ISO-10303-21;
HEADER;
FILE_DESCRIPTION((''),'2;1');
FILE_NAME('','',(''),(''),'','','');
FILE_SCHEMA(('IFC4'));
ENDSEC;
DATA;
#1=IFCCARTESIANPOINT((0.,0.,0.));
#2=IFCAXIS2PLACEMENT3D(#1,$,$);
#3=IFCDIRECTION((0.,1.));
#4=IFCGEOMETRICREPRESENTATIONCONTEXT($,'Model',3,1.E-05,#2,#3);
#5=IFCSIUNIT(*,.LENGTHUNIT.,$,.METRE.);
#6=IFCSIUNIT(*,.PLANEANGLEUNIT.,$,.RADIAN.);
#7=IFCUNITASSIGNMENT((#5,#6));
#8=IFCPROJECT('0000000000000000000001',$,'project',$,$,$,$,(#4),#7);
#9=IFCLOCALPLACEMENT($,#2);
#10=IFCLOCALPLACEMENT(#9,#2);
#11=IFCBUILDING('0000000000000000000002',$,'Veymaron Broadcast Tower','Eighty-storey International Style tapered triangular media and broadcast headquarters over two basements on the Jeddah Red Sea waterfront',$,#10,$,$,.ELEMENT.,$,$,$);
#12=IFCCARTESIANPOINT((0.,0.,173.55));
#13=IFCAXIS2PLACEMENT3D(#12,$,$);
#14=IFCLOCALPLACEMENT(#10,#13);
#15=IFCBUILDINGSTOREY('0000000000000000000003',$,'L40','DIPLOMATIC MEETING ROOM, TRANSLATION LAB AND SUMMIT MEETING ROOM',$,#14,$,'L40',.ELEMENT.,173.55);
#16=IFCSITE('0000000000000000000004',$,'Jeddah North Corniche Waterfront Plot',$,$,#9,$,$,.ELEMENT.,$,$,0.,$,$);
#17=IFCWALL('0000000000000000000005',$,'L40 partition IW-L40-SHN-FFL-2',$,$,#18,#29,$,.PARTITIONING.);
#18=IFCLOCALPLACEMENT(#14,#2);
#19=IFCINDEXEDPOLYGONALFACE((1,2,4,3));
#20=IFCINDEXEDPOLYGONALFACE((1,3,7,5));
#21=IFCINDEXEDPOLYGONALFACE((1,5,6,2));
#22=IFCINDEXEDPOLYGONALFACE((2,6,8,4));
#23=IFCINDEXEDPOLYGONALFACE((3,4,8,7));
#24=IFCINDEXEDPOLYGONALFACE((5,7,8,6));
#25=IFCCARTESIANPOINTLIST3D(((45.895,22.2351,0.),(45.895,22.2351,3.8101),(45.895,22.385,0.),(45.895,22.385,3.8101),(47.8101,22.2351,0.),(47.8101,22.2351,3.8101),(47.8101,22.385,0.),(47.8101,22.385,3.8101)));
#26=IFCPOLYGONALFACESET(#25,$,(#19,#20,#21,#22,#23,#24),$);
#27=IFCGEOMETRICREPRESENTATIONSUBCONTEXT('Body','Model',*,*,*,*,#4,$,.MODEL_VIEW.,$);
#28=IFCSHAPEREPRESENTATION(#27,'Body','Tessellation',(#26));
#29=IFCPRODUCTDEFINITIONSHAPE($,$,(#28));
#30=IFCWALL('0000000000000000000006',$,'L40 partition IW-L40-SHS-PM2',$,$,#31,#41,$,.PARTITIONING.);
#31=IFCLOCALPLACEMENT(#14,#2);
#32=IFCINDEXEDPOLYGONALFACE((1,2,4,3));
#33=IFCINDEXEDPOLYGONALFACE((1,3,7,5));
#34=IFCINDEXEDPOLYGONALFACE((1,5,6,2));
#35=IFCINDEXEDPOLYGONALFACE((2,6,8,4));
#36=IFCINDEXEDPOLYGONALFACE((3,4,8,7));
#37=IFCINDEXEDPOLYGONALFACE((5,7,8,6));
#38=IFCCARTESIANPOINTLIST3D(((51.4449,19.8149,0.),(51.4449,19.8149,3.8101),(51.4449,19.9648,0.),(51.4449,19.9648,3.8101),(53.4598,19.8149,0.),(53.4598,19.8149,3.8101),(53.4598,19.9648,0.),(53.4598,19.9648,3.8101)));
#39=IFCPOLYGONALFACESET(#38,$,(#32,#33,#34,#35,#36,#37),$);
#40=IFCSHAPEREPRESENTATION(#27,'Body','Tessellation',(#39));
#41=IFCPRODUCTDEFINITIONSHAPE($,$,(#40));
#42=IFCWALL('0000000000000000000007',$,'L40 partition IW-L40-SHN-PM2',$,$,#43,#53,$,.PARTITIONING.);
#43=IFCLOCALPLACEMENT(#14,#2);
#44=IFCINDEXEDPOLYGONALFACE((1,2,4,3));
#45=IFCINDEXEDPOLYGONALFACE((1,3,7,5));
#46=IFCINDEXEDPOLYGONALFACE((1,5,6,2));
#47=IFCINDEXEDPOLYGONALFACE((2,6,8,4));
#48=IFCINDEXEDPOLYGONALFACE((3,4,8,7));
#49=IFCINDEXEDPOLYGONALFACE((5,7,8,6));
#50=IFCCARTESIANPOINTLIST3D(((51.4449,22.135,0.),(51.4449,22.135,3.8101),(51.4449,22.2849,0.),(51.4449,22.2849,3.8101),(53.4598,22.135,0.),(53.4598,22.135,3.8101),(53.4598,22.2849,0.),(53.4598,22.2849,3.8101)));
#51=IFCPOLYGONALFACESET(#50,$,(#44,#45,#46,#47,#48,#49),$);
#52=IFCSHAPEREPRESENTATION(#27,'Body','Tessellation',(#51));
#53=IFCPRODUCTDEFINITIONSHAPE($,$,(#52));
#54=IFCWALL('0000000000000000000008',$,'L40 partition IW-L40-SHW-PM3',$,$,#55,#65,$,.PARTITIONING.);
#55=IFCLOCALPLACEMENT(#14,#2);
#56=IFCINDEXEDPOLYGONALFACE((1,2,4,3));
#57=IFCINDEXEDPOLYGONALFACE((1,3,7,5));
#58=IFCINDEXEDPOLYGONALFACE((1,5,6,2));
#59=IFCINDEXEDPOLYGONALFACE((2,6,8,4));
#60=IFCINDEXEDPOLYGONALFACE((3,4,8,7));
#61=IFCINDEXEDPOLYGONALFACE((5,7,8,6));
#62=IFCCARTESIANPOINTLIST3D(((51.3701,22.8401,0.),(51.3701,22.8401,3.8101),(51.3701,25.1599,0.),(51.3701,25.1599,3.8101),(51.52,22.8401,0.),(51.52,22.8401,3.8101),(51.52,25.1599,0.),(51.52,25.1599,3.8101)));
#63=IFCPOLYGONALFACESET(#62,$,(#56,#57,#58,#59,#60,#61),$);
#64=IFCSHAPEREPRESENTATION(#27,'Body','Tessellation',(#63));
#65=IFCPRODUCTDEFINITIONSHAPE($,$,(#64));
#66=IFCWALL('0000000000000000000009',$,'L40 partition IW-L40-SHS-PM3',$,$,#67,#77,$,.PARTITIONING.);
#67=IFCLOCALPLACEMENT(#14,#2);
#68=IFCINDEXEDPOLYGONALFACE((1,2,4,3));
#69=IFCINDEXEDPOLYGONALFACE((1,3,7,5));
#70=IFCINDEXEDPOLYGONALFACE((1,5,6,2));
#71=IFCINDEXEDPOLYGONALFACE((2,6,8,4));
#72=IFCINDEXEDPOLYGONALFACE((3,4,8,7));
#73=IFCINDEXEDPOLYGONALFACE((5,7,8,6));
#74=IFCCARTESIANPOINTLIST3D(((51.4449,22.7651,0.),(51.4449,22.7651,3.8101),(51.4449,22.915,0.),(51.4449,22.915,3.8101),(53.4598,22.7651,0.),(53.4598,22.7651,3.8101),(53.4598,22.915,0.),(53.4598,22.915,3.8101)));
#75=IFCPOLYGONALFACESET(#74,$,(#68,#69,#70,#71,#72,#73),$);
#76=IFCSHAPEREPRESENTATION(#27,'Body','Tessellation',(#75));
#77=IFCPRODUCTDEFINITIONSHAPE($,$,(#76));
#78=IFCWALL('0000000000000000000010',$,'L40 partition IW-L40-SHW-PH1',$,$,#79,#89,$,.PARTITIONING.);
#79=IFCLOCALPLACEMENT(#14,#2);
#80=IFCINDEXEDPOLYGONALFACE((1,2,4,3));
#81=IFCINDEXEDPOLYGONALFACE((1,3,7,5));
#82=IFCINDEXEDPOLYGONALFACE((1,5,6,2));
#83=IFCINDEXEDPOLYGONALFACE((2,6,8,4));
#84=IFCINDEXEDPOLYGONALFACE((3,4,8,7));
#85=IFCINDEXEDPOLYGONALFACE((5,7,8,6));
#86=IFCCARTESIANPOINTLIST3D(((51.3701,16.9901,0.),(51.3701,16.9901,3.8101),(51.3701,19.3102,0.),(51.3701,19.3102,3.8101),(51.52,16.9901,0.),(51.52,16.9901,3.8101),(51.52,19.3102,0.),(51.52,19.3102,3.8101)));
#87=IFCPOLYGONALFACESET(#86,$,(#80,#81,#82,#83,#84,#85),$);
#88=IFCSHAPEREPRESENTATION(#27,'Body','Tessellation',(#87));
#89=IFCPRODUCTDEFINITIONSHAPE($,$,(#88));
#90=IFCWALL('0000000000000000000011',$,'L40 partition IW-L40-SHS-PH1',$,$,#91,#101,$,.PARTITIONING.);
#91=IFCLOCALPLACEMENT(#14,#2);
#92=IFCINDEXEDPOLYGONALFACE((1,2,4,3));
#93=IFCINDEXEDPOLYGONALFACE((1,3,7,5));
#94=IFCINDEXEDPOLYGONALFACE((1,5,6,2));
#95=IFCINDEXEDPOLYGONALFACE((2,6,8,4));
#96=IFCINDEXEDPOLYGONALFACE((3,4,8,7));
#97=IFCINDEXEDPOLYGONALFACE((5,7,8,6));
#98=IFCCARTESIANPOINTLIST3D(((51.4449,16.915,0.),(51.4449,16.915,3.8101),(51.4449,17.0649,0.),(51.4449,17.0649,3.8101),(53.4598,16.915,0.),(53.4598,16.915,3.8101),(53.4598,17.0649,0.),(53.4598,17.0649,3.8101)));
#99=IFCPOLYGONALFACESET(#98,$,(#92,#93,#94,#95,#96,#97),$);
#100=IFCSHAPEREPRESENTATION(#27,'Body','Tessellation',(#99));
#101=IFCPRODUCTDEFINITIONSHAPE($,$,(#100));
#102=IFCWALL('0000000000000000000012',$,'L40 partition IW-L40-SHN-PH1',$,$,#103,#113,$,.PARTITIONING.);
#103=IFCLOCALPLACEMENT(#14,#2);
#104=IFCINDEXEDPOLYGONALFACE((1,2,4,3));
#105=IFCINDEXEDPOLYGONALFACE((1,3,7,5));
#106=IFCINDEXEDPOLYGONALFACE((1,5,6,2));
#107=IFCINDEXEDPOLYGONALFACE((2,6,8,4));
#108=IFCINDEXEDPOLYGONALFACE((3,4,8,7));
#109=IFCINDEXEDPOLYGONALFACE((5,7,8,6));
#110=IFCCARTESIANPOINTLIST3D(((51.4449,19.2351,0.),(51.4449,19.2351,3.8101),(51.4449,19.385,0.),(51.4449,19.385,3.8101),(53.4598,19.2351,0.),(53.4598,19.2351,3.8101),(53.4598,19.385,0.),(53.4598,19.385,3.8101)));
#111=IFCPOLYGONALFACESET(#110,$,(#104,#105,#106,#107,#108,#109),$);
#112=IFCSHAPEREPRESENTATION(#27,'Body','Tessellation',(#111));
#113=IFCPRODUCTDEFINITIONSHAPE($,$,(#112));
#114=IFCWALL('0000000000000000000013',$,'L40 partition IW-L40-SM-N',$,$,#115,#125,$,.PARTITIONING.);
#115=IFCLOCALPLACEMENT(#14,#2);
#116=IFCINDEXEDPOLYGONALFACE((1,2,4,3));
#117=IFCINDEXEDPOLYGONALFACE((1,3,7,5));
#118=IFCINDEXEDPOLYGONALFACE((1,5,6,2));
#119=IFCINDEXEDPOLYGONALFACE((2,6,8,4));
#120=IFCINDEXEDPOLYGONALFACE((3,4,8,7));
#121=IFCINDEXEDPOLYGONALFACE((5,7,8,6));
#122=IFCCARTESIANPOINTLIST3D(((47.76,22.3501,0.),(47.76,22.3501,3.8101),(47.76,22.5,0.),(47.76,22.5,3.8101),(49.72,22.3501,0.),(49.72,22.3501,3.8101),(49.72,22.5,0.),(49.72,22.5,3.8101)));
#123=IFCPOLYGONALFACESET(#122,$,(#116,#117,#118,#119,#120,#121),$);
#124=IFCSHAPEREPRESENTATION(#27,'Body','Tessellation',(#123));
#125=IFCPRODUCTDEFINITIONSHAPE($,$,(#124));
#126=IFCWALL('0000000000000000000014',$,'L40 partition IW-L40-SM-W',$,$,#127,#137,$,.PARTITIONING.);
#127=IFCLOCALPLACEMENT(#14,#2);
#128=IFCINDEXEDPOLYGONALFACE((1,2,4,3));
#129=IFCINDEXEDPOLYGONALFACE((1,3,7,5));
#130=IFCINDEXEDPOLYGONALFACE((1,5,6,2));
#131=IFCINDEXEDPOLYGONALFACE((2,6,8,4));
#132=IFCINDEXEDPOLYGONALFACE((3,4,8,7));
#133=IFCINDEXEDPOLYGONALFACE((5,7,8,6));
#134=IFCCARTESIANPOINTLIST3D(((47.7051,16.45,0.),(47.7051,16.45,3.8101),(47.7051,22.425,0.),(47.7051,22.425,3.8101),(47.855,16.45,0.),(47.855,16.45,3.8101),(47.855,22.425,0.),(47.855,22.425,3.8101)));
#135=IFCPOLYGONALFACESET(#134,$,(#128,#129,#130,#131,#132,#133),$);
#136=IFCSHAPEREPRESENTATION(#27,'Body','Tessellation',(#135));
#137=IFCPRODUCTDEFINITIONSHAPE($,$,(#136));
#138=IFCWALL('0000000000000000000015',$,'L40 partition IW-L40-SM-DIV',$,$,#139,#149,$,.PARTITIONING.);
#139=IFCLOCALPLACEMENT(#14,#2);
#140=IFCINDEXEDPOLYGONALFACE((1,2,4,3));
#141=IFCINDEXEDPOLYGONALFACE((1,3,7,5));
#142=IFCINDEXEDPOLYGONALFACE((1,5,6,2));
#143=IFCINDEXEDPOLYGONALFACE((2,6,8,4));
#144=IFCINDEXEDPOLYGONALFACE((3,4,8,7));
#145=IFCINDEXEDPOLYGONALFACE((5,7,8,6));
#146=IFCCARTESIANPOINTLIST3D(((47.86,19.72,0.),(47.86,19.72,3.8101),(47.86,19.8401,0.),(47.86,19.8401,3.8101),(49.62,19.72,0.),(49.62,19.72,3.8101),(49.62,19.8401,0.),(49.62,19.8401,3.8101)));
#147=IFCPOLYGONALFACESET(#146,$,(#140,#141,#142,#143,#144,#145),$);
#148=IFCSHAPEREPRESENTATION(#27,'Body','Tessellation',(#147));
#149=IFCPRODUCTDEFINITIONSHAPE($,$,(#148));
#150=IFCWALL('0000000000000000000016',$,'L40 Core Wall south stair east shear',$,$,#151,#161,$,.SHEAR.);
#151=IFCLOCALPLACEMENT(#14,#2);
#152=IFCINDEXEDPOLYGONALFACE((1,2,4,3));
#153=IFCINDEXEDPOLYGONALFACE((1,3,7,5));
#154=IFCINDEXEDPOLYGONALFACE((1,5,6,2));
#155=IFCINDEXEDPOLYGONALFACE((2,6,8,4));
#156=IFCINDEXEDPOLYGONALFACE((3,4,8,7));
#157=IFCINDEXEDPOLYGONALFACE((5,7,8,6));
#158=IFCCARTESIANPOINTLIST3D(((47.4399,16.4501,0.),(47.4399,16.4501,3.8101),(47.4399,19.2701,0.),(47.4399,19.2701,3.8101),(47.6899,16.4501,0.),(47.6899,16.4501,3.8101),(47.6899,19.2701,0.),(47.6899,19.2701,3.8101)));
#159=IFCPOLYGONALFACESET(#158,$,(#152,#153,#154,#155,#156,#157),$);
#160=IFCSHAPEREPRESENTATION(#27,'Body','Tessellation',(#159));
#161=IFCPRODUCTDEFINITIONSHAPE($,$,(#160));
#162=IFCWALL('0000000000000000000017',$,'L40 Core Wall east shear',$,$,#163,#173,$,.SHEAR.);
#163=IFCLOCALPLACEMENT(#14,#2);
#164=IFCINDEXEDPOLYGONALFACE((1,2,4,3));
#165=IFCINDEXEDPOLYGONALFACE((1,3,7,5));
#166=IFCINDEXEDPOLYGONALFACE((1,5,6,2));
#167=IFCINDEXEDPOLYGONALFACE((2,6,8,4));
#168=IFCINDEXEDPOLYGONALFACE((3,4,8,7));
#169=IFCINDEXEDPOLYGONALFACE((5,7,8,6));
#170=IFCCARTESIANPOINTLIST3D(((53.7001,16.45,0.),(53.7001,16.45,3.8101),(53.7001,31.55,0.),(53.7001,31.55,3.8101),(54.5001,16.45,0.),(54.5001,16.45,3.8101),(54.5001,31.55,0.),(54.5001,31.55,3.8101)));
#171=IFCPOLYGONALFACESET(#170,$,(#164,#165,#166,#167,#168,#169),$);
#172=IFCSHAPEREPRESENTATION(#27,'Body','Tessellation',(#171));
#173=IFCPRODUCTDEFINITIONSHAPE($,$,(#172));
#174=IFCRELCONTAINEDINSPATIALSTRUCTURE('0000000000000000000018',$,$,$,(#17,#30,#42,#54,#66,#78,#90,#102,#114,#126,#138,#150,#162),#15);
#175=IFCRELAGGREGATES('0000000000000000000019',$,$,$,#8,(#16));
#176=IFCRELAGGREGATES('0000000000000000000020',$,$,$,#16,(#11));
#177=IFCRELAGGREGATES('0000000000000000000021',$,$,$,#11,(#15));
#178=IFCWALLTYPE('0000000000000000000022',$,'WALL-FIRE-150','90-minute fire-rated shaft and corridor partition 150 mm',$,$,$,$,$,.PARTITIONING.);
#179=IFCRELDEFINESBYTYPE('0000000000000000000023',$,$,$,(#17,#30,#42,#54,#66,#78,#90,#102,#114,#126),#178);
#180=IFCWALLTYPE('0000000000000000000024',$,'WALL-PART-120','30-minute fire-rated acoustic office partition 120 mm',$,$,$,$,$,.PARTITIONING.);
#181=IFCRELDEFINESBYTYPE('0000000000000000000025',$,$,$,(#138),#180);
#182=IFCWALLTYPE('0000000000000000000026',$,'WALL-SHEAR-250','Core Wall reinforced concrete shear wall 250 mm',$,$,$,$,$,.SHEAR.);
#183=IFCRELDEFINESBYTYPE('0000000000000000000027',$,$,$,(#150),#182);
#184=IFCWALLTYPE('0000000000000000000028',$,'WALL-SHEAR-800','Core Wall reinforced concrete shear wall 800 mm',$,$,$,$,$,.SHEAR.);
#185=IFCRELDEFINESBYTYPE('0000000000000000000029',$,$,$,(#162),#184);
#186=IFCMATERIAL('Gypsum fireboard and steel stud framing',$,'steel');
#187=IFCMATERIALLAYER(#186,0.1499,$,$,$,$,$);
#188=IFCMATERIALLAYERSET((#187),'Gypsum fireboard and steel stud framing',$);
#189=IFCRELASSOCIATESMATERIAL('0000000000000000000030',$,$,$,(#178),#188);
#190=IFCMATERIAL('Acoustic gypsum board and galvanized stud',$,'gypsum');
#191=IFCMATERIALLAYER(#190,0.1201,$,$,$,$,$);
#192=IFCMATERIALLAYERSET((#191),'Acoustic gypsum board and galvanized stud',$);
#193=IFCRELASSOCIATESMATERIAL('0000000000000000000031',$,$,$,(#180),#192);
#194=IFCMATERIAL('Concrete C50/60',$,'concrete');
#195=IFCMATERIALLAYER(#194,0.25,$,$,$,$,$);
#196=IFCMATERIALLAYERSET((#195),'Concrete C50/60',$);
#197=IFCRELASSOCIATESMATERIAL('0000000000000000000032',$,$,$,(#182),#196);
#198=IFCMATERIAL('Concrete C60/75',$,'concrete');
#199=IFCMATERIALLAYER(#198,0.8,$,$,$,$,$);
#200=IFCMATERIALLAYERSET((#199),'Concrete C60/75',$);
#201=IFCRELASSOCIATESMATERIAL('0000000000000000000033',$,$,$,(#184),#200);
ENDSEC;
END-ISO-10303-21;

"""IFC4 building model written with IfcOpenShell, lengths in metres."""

from ifc_helpers import new_model, si_unit, direction, frame, frame_2d, origin, place, context, subcontext, project, spatial, rectangle, extrude, material, layer, layer_set, type_object, element, save


model = new_model("IFC4")

# Units and contexts
model_context = context("Model", 3, precision=1e-05, world=origin(), true_north=direction((0.0, 1.0)))
body_context = subcontext(model_context, "Body", "Model", "MODEL_VIEW")
ifc_project = project(units=[si_unit("LENGTHUNIT", "METRE"), si_unit("PLANEANGLEUNIT", "RADIAN")], contexts=[model_context])

# Site, building, storey
site_placement = place(None, origin())
site = spatial("IfcSite", under=ifc_project, at=site_placement, Name="Jeddah North Corniche Waterfront Plot", CompositionType="ELEMENT", RefElevation=0.0)
building_placement = place(site_placement, origin())
building = spatial("IfcBuilding", under=site, at=building_placement, Name="Veymaron Broadcast Tower", Description="Eighty-storey International Style tapered triangular media and broadcast headquarters over two basements on the Jeddah Red Sea waterfront", CompositionType="ELEMENT")
storey_placement = place(building_placement, frame((0.0, 0.0, 173.55)))
storey = spatial("IfcBuildingStorey", under=building, at=storey_placement, Name="L40", Description="DIPLOMATIC MEETING ROOM, TRANSLATION LAB AND SUMMIT MEETING ROOM", LongName="L40", CompositionType="ELEMENT", Elevation=173.55)

# Shared definitions
ifc_material_1 = material(Name="Gypsum fireboard and steel stud framing", Category="steel")
ifc_layer_1 = layer(ifc_material_1, 0.1499)
ifc_layer_set_1 = layer_set([ifc_layer_1], Name="Gypsum fireboard and steel stud framing")
wall_type_1 = type_object("IfcWallType", Name="WALL-FIRE-150", Description="90-minute fire-rated shaft and corridor partition 150 mm", PredefinedType="PARTITIONING", material=ifc_layer_set_1)

# Wall
wall_1_placement = place(storey_placement, frame((45.895, 22.3101, 0.0), z_axis=(0.0, 0.0, 1.0), x_axis=(1.0, 0.0, 0.0)))
element("IfcWall", 1, at=wall_1_placement, inside=storey, type_object=wall_type_1, Name="L40 partition IW-L40-SHN-FFL-2", PredefinedType="PARTITIONING", context=body_context, shape_type="SweptSolid", body=[
    extrude(rectangle(XDim=1.915, YDim=0.1499, at=frame_2d((0.9575, 0.0))), origin(), (0.0, 0.0, 1.0), 3.8101),
])

# Walls
for number, where, z_axis, x_axis, name in (
    (2, (51.4451, 19.8899, 0.0), (0.0, 0.0, 1.0), (1.0, 0.0, 0.0), "L40 partition IW-L40-SHS-PM2"),
    (3, (51.4451, 22.21, 0.0), (0.0, 0.0, 1.0), (1.0, 0.0, 0.0), "L40 partition IW-L40-SHN-PM2"),
):
    element("IfcWall", number, at=place(storey_placement, frame(where, z_axis=z_axis, x_axis=x_axis)), inside=storey, type_object=wall_type_1, Name=name, PredefinedType="PARTITIONING", context=body_context, shape_type="SweptSolid", body=[
        extrude(rectangle(XDim=2.0149, YDim=0.1499, at=frame_2d((1.0073, 0.0))), origin(), (0.0, 0.0, 1.0), 3.8101),
    ])
wall_2_placement = place(storey_placement, frame((51.4451, 22.8401, 0.0), z_axis=(0.0, 0.0, 1.0), x_axis=(0.0, 1.0, 0.0)))
element("IfcWall", 4, at=wall_2_placement, inside=storey, type_object=wall_type_1, Name="L40 partition IW-L40-SHW-PM3", PredefinedType="PARTITIONING", context=body_context, shape_type="SweptSolid", body=[
    extrude(rectangle(XDim=2.3198, YDim=0.1499, at=frame_2d((1.1599, 0.0))), origin(), (0.0, 0.0, 1.0), 3.8101),
])
wall_3_placement = place(storey_placement, frame((51.4451, 22.8401, 0.0), z_axis=(0.0, 0.0, 1.0), x_axis=(1.0, 0.0, 0.0)))
element("IfcWall", 5, at=wall_3_placement, inside=storey, type_object=wall_type_1, Name="L40 partition IW-L40-SHS-PM3", PredefinedType="PARTITIONING", context=body_context, shape_type="SweptSolid", body=[
    extrude(rectangle(XDim=2.0149, YDim=0.1499, at=frame_2d((1.0073, 0.0))), origin(), (0.0, 0.0, 1.0), 3.8101),
])
wall_4_placement = place(storey_placement, frame((51.4451, 16.99, 0.0), z_axis=(0.0, 0.0, 1.0), x_axis=(0.0, 1.0, 0.0)))
element("IfcWall", 6, at=wall_4_placement, inside=storey, type_object=wall_type_1, Name="L40 partition IW-L40-SHW-PH1", PredefinedType="PARTITIONING", context=body_context, shape_type="SweptSolid", body=[
    extrude(rectangle(XDim=2.3201, YDim=0.1499, at=frame_2d((1.1602, 0.0))), origin(), (0.0, 0.0, 1.0), 3.8101),
])
for number, where, z_axis, x_axis, name in (
    (7, (51.4451, 16.99, 0.0), (0.0, 0.0, 1.0), (1.0, 0.0, 0.0), "L40 partition IW-L40-SHS-PH1"),
    (8, (51.4451, 19.3101, 0.0), (0.0, 0.0, 1.0), (1.0, 0.0, 0.0), "L40 partition IW-L40-SHN-PH1"),
):
    element("IfcWall", number, at=place(storey_placement, frame(where, z_axis=z_axis, x_axis=x_axis)), inside=storey, type_object=wall_type_1, Name=name, PredefinedType="PARTITIONING", context=body_context, shape_type="SweptSolid", body=[
        extrude(rectangle(XDim=2.0149, YDim=0.1499, at=frame_2d((1.0073, 0.0))), origin(), (0.0, 0.0, 1.0), 3.8101),
    ])

# Walls
wall_5_placement = place(storey_placement, frame((47.76, 22.425, 0.0), z_axis=(0.0, 0.0, 1.0), x_axis=(1.0, 0.0, 0.0)))
element("IfcWall", 9, at=wall_5_placement, inside=storey, type_object=wall_type_1, Name="L40 partition IW-L40-SM-N", PredefinedType="PARTITIONING", context=body_context, shape_type="SweptSolid", body=[
    extrude(rectangle(XDim=1.96, YDim=0.1499, at=frame_2d((0.98, 0.0))), origin(), (0.0, 0.0, 1.0), 3.8101),
])
wall_6_placement = place(storey_placement, frame((47.78, 16.45, 0.0), z_axis=(0.0, 0.0, 1.0), x_axis=(0.0, 1.0, 0.0)))
element("IfcWall", 10, at=wall_6_placement, inside=storey, type_object=wall_type_1, Name="L40 partition IW-L40-SM-W", PredefinedType="PARTITIONING", context=body_context, shape_type="SweptSolid", body=[
    extrude(rectangle(XDim=5.9751, YDim=0.1499, at=frame_2d((2.9875, 0.0))), origin(), (0.0, 0.0, 1.0), 3.8101),
])
ifc_material_2 = material(Name="Acoustic gypsum board and galvanized stud", Category="gypsum")
ifc_layer_2 = layer(ifc_material_2, 0.1201)
ifc_layer_set_2 = layer_set([ifc_layer_2], Name="Acoustic gypsum board and galvanized stud")
wall_type_2 = type_object("IfcWallType", Name="WALL-PART-120", Description="30-minute fire-rated acoustic office partition 120 mm", PredefinedType="PARTITIONING", material=ifc_layer_set_2)
wall_7_placement = place(storey_placement, frame((47.8601, 19.78, 0.0), z_axis=(0.0, 0.0, 1.0), x_axis=(1.0, 0.0, 0.0)))
element("IfcWall", 11, at=wall_7_placement, inside=storey, type_object=wall_type_2, Name="L40 partition IW-L40-SM-DIV", PredefinedType="PARTITIONING", context=body_context, shape_type="SweptSolid", body=[
    extrude(rectangle(XDim=1.76, YDim=0.1201, at=frame_2d((0.8799, 0.0))), origin(), (0.0, 0.0, 1.0), 3.8101),
])

# Walls
ifc_material_3 = material(Name="Concrete C50/60", Category="concrete")
ifc_layer_3 = layer(ifc_material_3, 0.25)
ifc_layer_set_3 = layer_set([ifc_layer_3], Name="Concrete C50/60")
wall_type_3 = type_object("IfcWallType", Name="WALL-SHEAR-250", Description="Core Wall reinforced concrete shear wall 250 mm", PredefinedType="SHEAR", material=ifc_layer_set_3)
wall_8_placement = place(storey_placement, frame((47.5649, 16.45, 0.0), z_axis=(0.0, 0.0, 1.0), x_axis=(0.0, 1.0, 0.0)))
element("IfcWall", 12, at=wall_8_placement, inside=storey, type_object=wall_type_3, Name="L40 Core Wall south stair east shear", PredefinedType="SHEAR", context=body_context, shape_type="SweptSolid", body=[
    extrude(rectangle(XDim=2.8201, YDim=0.25, at=frame_2d((1.4102, 0.0))), origin(), (0.0, 0.0, 1.0), 3.8101),
])
ifc_material_4 = material(Name="Concrete C60/75", Category="concrete")
ifc_layer_4 = layer(ifc_material_4, 0.8)
ifc_layer_set_4 = layer_set([ifc_layer_4], Name="Concrete C60/75")
wall_type_4 = type_object("IfcWallType", Name="WALL-SHEAR-800", Description="Core Wall reinforced concrete shear wall 800 mm", PredefinedType="SHEAR", material=ifc_layer_set_4)
wall_9_placement = place(storey_placement, frame((54.1001, 16.45, 0.0), z_axis=(0.0, 0.0, 1.0), x_axis=(0.0, 1.0, 0.0)))
element("IfcWall", 13, at=wall_9_placement, inside=storey, type_object=wall_type_4, Name="L40 Core Wall east shear", PredefinedType="SHEAR", context=body_context, shape_type="SweptSolid", body=[
    extrude(rectangle(XDim=15.1001, YDim=0.8, at=frame_2d((7.55, 0.0))), origin(), (0.0, 0.0, 1.0), 3.8101),
])

save(model, "model.ifc")
